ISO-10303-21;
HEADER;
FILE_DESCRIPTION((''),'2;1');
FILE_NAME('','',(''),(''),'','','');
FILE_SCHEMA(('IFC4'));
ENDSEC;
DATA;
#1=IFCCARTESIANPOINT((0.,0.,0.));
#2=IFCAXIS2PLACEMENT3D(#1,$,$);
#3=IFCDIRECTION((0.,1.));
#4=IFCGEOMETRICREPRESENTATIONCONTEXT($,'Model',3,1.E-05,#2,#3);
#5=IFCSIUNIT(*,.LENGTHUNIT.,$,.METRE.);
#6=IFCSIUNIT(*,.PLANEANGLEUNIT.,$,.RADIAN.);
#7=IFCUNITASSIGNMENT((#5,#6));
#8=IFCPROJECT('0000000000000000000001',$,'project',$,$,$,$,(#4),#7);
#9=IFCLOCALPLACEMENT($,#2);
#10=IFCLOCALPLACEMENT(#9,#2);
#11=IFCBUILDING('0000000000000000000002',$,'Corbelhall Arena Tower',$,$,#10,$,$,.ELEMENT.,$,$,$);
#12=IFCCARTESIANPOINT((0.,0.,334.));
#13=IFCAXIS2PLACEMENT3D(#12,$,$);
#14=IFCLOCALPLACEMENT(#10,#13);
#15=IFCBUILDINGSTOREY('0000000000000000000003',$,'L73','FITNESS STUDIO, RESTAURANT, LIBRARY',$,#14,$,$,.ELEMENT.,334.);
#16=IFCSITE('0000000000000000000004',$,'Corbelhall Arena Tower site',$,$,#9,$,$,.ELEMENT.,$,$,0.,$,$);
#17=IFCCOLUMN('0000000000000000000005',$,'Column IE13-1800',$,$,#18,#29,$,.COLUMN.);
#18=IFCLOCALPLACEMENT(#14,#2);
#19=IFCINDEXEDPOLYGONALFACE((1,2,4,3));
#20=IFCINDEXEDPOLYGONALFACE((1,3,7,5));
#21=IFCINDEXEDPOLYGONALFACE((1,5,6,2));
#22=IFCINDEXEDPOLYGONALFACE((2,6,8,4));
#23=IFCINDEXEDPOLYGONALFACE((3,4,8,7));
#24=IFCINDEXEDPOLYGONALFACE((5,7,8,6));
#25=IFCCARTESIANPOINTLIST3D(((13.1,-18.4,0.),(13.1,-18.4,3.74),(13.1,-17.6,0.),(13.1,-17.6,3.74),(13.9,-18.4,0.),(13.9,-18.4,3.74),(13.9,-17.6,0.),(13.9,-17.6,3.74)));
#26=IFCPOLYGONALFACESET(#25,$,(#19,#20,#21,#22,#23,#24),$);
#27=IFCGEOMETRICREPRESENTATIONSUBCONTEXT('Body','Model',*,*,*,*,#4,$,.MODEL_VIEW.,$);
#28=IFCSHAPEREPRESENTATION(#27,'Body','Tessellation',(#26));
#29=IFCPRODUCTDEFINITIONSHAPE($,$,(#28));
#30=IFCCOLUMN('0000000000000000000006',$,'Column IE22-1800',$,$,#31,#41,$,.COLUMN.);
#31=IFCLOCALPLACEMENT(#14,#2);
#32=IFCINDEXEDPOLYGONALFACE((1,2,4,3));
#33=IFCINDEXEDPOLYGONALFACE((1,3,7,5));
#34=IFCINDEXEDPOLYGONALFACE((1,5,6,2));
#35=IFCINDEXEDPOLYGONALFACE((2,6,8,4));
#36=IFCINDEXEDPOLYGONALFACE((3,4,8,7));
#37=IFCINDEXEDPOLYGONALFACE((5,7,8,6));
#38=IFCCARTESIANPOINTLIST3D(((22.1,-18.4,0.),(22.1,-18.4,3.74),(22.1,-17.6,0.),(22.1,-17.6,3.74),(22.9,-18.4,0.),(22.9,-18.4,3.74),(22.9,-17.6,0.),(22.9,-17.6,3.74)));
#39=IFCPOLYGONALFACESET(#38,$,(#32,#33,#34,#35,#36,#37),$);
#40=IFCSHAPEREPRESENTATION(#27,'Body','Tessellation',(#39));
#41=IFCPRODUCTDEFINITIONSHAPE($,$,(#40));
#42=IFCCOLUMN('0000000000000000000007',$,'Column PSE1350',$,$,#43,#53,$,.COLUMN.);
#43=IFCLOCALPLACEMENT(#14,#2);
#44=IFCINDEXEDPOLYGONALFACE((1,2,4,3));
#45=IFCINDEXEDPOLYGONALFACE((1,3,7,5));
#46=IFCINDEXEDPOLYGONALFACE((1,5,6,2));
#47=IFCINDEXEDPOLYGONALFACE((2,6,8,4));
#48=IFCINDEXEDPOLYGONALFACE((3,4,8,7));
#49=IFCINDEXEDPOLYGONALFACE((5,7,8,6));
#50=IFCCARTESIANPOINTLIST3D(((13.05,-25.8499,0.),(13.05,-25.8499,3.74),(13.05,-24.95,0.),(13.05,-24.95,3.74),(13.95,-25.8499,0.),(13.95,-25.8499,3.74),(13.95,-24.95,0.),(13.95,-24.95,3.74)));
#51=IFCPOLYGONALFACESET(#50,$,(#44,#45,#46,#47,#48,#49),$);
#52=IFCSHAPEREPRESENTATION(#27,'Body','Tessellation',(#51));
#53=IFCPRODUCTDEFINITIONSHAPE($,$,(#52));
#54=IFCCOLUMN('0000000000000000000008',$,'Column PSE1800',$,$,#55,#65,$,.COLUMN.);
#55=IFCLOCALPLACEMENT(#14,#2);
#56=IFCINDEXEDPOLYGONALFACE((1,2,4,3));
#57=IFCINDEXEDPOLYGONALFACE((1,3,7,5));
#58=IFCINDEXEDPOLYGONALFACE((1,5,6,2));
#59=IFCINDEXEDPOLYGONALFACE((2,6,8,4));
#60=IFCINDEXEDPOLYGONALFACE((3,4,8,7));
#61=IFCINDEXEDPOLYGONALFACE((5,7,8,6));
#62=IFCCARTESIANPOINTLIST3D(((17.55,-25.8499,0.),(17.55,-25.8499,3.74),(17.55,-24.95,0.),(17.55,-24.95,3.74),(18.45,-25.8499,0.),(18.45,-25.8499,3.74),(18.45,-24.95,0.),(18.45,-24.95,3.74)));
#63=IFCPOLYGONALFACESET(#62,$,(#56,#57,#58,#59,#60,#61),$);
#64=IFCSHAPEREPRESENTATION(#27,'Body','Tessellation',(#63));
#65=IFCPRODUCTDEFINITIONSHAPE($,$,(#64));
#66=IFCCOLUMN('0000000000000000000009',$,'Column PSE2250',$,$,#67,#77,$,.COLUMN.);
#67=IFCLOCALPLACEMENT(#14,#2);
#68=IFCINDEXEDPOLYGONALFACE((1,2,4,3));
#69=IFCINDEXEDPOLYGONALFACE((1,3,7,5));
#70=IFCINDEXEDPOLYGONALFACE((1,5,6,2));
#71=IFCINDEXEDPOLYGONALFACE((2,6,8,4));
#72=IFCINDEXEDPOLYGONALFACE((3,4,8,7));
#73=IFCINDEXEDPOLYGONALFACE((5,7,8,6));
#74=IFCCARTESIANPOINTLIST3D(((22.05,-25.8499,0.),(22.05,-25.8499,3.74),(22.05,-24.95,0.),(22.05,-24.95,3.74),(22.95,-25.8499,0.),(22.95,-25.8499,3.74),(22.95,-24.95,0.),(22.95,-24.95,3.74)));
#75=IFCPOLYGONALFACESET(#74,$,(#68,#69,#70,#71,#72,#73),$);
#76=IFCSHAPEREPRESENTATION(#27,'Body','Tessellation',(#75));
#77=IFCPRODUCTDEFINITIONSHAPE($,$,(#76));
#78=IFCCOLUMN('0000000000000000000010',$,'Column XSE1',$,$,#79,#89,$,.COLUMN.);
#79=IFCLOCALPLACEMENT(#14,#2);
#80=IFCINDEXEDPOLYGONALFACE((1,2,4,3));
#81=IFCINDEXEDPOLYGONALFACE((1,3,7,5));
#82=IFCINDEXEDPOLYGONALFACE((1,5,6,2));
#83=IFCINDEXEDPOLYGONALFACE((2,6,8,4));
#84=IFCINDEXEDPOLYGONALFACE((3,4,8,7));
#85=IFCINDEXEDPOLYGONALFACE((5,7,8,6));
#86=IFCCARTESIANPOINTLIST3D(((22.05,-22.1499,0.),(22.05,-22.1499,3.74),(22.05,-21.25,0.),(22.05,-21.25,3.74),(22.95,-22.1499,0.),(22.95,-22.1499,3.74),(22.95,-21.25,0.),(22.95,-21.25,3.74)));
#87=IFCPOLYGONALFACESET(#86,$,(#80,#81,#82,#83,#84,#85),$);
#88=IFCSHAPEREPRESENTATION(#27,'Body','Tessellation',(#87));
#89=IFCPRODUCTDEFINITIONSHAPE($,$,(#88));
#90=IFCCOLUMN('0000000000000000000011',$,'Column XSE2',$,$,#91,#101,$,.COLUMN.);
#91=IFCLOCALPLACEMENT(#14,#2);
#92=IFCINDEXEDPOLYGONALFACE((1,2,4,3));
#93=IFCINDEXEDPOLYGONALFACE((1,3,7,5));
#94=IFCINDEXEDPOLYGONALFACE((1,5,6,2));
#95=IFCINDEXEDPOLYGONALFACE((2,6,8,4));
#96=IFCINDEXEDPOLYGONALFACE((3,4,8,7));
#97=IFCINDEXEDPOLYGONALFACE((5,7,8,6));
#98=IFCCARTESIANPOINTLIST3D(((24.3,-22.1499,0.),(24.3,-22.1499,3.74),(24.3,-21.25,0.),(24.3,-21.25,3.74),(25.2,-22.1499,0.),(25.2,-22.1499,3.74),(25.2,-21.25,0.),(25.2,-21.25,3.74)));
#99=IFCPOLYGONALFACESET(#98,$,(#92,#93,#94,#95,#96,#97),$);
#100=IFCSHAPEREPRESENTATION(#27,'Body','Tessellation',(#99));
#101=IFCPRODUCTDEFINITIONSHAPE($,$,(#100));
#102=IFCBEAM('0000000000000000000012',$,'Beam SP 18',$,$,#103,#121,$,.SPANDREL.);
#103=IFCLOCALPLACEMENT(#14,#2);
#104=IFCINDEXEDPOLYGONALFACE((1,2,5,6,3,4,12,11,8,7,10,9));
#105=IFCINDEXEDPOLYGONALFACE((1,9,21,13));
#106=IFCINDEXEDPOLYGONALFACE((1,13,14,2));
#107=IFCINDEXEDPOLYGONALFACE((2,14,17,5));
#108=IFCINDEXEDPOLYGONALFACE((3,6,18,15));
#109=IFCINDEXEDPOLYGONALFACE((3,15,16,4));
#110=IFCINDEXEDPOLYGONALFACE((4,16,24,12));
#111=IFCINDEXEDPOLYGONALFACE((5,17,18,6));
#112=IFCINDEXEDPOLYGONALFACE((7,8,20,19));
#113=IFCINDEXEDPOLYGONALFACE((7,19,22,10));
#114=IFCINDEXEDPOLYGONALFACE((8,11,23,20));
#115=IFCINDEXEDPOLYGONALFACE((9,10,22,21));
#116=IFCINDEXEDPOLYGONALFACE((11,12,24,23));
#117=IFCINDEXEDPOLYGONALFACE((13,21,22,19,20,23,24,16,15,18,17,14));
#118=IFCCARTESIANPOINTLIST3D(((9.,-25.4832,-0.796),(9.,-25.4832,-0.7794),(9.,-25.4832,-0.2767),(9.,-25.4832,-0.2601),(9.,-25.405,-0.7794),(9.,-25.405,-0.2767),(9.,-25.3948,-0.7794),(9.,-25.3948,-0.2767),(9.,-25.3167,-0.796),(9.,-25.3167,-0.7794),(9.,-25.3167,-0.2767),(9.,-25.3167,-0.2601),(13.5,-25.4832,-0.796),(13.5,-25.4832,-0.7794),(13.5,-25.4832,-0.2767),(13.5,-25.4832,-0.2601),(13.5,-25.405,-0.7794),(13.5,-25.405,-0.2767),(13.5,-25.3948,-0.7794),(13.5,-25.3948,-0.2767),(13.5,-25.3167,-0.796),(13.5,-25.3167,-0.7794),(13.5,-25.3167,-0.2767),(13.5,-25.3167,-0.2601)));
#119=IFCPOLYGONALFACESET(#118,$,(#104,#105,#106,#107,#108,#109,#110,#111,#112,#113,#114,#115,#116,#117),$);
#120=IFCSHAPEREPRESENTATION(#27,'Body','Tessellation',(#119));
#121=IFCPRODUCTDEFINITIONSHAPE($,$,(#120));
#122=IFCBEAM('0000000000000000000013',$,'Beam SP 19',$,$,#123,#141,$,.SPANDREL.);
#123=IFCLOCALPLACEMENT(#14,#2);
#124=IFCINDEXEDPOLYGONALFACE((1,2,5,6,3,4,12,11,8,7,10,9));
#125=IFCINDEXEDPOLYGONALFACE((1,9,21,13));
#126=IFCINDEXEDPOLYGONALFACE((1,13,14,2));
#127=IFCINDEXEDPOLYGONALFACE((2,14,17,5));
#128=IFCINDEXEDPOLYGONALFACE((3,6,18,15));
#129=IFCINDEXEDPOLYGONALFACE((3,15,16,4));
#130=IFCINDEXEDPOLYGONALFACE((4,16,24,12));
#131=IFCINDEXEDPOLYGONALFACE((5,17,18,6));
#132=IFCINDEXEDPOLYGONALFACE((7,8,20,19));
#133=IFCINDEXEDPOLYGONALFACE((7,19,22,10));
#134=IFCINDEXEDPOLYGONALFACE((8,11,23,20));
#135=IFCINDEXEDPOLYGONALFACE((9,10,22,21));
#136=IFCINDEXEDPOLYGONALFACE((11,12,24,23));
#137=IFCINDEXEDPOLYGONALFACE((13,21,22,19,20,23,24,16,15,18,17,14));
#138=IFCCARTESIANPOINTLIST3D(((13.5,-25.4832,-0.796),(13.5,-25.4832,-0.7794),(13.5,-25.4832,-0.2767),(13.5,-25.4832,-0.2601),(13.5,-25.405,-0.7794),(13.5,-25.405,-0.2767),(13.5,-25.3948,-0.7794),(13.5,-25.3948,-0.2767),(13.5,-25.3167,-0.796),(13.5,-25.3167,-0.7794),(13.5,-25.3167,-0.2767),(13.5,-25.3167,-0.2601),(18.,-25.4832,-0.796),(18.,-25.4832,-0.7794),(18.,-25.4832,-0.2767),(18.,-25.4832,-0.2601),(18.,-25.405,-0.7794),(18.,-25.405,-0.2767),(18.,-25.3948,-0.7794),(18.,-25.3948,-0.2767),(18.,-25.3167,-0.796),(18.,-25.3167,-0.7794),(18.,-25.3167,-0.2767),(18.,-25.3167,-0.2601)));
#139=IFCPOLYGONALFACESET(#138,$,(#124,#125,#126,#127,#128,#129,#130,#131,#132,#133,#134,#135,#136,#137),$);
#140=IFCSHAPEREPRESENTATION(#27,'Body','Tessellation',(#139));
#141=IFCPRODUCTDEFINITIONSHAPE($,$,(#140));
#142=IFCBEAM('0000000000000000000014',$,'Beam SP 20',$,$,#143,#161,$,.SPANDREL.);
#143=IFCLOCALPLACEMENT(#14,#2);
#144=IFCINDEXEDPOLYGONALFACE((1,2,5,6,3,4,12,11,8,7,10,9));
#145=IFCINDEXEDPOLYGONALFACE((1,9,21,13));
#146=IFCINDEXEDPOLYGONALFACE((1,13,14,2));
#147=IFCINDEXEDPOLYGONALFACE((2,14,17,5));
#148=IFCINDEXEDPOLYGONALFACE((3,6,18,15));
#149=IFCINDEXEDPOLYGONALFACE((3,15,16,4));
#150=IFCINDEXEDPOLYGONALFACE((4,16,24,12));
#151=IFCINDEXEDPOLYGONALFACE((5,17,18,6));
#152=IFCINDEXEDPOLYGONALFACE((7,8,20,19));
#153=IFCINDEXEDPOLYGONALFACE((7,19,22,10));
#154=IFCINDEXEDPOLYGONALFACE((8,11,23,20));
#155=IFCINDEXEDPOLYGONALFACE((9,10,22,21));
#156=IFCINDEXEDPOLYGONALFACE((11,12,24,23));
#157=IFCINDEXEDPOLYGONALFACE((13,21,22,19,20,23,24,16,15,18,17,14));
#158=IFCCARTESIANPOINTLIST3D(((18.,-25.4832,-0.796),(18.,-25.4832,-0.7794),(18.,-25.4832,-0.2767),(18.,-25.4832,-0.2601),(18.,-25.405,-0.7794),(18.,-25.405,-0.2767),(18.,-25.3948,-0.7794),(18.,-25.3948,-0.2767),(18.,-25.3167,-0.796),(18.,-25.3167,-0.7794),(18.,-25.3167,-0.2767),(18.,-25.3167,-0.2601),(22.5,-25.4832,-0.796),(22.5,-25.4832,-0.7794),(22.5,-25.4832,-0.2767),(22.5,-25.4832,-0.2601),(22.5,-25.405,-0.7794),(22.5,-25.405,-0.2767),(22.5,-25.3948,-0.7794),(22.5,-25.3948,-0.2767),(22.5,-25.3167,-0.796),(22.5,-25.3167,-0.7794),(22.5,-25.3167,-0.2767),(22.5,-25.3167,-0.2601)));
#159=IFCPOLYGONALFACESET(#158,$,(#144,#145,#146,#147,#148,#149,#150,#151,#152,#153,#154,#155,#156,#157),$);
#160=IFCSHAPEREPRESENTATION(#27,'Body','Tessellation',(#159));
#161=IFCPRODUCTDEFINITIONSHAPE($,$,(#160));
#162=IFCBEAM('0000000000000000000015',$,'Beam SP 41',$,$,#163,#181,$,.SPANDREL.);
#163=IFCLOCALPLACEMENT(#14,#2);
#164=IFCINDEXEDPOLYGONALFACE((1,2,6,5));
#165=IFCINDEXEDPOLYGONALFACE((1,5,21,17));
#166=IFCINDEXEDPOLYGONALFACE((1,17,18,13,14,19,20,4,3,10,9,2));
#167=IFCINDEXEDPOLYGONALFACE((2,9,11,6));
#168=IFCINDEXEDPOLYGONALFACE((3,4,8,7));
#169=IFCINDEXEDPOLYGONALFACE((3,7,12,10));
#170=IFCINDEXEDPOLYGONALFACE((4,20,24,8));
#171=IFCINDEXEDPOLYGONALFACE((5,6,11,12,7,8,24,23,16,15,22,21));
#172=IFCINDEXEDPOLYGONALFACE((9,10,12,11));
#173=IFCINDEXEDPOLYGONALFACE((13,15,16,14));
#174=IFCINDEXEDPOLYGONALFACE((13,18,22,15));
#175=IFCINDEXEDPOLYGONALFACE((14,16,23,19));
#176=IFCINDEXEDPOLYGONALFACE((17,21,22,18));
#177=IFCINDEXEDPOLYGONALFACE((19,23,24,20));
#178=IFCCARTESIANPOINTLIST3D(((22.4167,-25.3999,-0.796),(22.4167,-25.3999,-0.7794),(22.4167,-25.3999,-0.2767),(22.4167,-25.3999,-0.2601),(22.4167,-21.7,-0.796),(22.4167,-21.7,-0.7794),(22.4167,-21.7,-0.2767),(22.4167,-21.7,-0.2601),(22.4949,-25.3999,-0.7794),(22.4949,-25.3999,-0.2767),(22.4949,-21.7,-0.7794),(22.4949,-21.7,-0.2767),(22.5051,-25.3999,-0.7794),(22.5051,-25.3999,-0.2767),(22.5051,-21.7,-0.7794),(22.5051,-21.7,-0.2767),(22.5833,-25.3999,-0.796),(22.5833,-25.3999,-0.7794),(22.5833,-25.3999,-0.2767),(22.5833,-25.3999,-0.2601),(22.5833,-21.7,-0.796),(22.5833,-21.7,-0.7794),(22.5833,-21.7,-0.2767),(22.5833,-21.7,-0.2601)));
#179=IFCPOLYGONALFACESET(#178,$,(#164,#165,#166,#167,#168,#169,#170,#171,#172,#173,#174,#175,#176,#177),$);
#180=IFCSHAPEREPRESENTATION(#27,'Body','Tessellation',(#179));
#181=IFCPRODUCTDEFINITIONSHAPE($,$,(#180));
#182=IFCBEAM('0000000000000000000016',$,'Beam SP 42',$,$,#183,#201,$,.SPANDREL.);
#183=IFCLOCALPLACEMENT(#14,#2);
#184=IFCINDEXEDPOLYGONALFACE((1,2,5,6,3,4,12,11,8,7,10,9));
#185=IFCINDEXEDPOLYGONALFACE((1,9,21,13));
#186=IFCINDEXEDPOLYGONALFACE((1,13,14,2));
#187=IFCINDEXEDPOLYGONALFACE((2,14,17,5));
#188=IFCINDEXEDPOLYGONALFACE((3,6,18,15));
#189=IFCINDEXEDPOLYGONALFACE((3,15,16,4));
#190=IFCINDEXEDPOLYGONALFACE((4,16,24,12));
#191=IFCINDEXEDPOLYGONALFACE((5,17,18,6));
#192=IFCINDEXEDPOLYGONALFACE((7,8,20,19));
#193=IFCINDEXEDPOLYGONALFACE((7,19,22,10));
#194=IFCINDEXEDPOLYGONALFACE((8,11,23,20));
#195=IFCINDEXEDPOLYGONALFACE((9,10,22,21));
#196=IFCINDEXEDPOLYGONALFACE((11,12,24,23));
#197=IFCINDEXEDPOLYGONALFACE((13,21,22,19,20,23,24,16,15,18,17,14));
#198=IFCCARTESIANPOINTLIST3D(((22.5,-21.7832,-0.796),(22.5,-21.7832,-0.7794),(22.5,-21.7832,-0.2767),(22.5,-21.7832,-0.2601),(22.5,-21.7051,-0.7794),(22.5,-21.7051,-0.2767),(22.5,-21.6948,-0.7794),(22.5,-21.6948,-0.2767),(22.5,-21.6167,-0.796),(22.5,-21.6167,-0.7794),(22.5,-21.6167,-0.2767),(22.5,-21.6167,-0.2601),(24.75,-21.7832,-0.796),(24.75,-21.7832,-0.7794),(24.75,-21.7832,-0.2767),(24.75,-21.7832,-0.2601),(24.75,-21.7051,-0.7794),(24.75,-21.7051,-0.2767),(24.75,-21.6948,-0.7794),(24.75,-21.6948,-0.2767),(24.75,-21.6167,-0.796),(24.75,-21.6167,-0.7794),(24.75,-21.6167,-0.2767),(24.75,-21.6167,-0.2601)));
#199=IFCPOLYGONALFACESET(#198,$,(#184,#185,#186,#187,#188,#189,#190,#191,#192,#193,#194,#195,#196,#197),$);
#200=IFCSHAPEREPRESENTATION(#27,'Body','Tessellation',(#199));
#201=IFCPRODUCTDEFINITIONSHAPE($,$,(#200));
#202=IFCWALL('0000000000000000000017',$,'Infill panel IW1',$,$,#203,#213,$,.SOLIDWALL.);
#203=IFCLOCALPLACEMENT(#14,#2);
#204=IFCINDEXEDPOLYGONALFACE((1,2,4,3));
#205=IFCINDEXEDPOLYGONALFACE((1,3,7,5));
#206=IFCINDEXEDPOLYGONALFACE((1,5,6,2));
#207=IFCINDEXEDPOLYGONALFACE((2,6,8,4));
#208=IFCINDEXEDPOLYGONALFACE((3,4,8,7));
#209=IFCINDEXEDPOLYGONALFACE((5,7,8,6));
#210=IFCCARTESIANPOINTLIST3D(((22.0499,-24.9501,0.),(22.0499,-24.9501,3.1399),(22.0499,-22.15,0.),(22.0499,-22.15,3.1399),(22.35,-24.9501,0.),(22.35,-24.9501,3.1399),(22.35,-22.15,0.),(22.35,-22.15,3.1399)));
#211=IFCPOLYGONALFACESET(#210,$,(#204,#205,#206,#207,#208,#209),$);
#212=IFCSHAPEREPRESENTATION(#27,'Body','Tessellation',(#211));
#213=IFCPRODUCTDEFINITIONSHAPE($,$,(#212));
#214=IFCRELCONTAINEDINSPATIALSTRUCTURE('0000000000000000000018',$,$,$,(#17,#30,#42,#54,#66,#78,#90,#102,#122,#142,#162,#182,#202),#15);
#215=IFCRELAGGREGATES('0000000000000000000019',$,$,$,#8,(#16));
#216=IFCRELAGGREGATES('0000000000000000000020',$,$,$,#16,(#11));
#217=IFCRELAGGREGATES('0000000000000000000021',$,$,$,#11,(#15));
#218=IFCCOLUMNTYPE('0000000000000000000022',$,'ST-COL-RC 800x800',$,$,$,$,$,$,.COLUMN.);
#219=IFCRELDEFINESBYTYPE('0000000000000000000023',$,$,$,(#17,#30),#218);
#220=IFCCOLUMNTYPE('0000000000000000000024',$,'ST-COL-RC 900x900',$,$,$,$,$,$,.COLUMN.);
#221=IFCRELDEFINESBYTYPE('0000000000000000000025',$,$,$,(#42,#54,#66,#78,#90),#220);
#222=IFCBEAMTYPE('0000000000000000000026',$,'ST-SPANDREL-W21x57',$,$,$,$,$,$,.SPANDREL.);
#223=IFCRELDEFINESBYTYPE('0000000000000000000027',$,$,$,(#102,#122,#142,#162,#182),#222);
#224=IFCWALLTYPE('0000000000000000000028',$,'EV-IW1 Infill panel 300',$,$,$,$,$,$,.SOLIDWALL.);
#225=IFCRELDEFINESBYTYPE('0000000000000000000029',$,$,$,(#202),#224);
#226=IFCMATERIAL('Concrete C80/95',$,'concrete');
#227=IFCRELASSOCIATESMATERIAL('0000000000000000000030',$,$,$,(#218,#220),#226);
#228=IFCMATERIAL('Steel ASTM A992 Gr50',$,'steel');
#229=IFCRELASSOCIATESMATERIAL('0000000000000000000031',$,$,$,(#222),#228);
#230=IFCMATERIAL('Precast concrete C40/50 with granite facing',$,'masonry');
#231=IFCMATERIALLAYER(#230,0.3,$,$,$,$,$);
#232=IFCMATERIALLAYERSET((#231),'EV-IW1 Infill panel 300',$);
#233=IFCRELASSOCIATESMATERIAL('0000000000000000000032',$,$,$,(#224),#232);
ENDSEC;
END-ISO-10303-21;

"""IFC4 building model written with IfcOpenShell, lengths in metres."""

from ifc_helpers import new_model, si_unit, direction, frame, frame_2d, origin, origin_2d, place, context, subcontext, project, spatial, rectangle, i_section, extrude, material, layer, layer_set, material_profile, profile_set, type_object, element, save


model = new_model("IFC4")

# Units and contexts
model_context = context("Model", 3, precision=1e-05, world=origin(), true_north=direction((0.0, 1.0)))
body_context = subcontext(model_context, "Body", "Model", "MODEL_VIEW")
ifc_project = project(units=[si_unit("LENGTHUNIT", "METRE"), si_unit("PLANEANGLEUNIT", "RADIAN")], contexts=[model_context])

# Site, building, storey
site_placement = place(None, origin())
site = spatial("IfcSite", under=ifc_project, at=site_placement, Name="Corbelhall Arena Tower site", CompositionType="ELEMENT", RefElevation=0.0)
building_placement = place(site_placement, origin())
building = spatial("IfcBuilding", under=site, at=building_placement, Name="Corbelhall Arena Tower", CompositionType="ELEMENT")
storey_placement = place(building_placement, frame((0.0, 0.0, 334.0)))
storey = spatial("IfcBuildingStorey", under=building, at=storey_placement, Name="L73", Description="FITNESS STUDIO, RESTAURANT, LIBRARY", CompositionType="ELEMENT", Elevation=334.0)

# Columns
ifc_material_1 = material(Name="Concrete C80/95", Category="concrete")
ifc_material_profile_1 = material_profile(ifc_material_1, rectangle(XDim=0.8, YDim=0.8, at=origin_2d()))
ifc_profile_set_1 = profile_set([ifc_material_profile_1], Name="Concrete C80/95")
column_type_1 = type_object("IfcColumnType", Name="ST-COL-RC 800x800", PredefinedType="COLUMN", material=ifc_profile_set_1)
for number, where, z_axis, x_axis, name in (
    (1, (13.5, -18.0, 0.0), (0.0, 0.0, 1.0), (1.0, 0.0, 0.0), "Column IE13-1800"),
    (2, (22.5, -18.0, 0.0), (0.0, 0.0, 1.0), (1.0, 0.0, 0.0), "Column IE22-1800"),
):
    element("IfcColumn", number, at=place(storey_placement, frame(where, z_axis=z_axis, x_axis=x_axis)), inside=storey, type_object=column_type_1, Name=name, PredefinedType="COLUMN", context=body_context, shape_type="SweptSolid", body=[
        extrude(rectangle(XDim=0.8, YDim=0.8, at=origin_2d()), origin(), (0.0, 0.0, 1.0), 3.74),
    ])
ifc_material_profile_2 = material_profile(ifc_material_1, rectangle(XDim=0.8999, YDim=0.8999, at=origin_2d()))
ifc_profile_set_2 = profile_set([ifc_material_profile_2], Name="Concrete C80/95")
column_type_2 = type_object("IfcColumnType", Name="ST-COL-RC 900x900", PredefinedType="COLUMN", material=ifc_profile_set_2)
for number, where, z_axis, x_axis, name in (
    (3, (13.5, -25.3999, 0.0), (0.0, 0.0, 1.0), (1.0, 0.0, 0.0), "Column PSE1350"),
    (4, (18.0, -25.3999, 0.0), (0.0, 0.0, 1.0), (1.0, 0.0, 0.0), "Column PSE1800"),
    (5, (22.5, -25.3999, 0.0), (0.0, 0.0, 1.0), (1.0, 0.0, 0.0), "Column PSE2250"),
    (6, (22.5, -21.7, 0.0), (0.0, 0.0, 1.0), (1.0, 0.0, 0.0), "Column XSE1"),
    (7, (24.75, -21.7, 0.0), (0.0, 0.0, 1.0), (1.0, 0.0, 0.0), "Column XSE2"),
):
    element("IfcColumn", number, at=place(storey_placement, frame(where, z_axis=z_axis, x_axis=x_axis)), inside=storey, type_object=column_type_2, Name=name, PredefinedType="COLUMN", context=body_context, shape_type="SweptSolid", body=[
        extrude(rectangle(XDim=0.8999, YDim=0.8999, at=origin_2d()), origin(), (0.0, 0.0, 1.0), 3.74),
    ])

# Beams
ifc_material_2 = material(Name="Steel ASTM A992 Gr50", Category="steel")
ifc_material_profile_3 = material_profile(ifc_material_2, i_section(OverallWidth=0.1665, OverallDepth=0.5359, WebThickness=0.0103, FlangeThickness=0.0166, at=origin_2d()))
ifc_profile_set_3 = profile_set([ifc_material_profile_3], Name="Steel ASTM A992 Gr50")
beam_type = type_object("IfcBeamType", Name="ST-SPANDREL-W21x57", PredefinedType="SPANDREL", material=ifc_profile_set_3)
for number, where, z_axis, x_axis, name in (
    (8, (13.5, -25.3999, -0.5281), (-1.0, 0.0, 0.0), (0.0, -1.0, 0.0), "Beam SP 18"),
    (9, (18.0, -25.3999, -0.5281), (-1.0, 0.0, 0.0), (0.0, -1.0, 0.0), "Beam SP 19"),
    (10, (22.5, -25.3999, -0.5281), (-1.0, 0.0, 0.0), (0.0, -1.0, 0.0), "Beam SP 20"),
):
    element("IfcBeam", number, at=place(storey_placement, frame(where, z_axis=z_axis, x_axis=x_axis)), inside=storey, type_object=beam_type, Name=name, PredefinedType="SPANDREL", context=body_context, shape_type="SweptSolid", body=[
        extrude(i_section(OverallWidth=0.1665, OverallDepth=0.5359, WebThickness=0.0103, FlangeThickness=0.0166, at=origin_2d()), origin(), (0.0, 0.0, 1.0), 4.5),
    ])
beam_1_placement = place(storey_placement, frame((22.5, -21.7, -0.5281), z_axis=(0.0, -1.0, 0.0), x_axis=(1.0, 0.0, 0.0)))
element("IfcBeam", 11, at=beam_1_placement, inside=storey, type_object=beam_type, Name="Beam SP 41", PredefinedType="SPANDREL", context=body_context, shape_type="SweptSolid", body=[
    extrude(i_section(OverallWidth=0.1665, OverallDepth=0.5359, WebThickness=0.0103, FlangeThickness=0.0166, at=origin_2d()), origin(), (0.0, 0.0, 1.0), 3.7),
])
beam_2_placement = place(storey_placement, frame((24.75, -21.7, -0.5281), z_axis=(-1.0, 0.0, 0.0), x_axis=(0.0, -1.0, 0.0)))
element("IfcBeam", 12, at=beam_2_placement, inside=storey, type_object=beam_type, Name="Beam SP 42", PredefinedType="SPANDREL", context=body_context, shape_type="SweptSolid", body=[
    extrude(i_section(OverallWidth=0.1665, OverallDepth=0.5359, WebThickness=0.0103, FlangeThickness=0.0166, at=origin_2d()), origin(), (0.0, 0.0, 1.0), 2.25),
])

# Shared definitions
ifc_material_3 = material(Name="Precast concrete C40/50 with granite facing", Category="masonry")
ifc_layer_1 = layer(ifc_material_3, 0.3)
ifc_layer_set_1 = layer_set([ifc_layer_1], Name="EV-IW1 Infill panel 300")
wall_type_1 = type_object("IfcWallType", Name="EV-IW1 Infill panel 300", PredefinedType="SOLIDWALL", material=ifc_layer_set_1)

# Wall
wall_1_placement = place(storey_placement, frame((22.2, -24.95, 0.0), z_axis=(0.0, 0.0, 1.0), x_axis=(0.0, 1.0, 0.0)))
element("IfcWall", 13, at=wall_1_placement, inside=storey, type_object=wall_type_1, Name="Infill panel IW1", PredefinedType="SOLIDWALL", context=body_context, shape_type="SweptSolid", body=[
    extrude(rectangle(XDim=2.8, YDim=0.3, at=frame_2d((1.3999, 0.0))), origin(), (0.0, 0.0, 1.0), 3.1399),
])

save(model, "model.ifc")
